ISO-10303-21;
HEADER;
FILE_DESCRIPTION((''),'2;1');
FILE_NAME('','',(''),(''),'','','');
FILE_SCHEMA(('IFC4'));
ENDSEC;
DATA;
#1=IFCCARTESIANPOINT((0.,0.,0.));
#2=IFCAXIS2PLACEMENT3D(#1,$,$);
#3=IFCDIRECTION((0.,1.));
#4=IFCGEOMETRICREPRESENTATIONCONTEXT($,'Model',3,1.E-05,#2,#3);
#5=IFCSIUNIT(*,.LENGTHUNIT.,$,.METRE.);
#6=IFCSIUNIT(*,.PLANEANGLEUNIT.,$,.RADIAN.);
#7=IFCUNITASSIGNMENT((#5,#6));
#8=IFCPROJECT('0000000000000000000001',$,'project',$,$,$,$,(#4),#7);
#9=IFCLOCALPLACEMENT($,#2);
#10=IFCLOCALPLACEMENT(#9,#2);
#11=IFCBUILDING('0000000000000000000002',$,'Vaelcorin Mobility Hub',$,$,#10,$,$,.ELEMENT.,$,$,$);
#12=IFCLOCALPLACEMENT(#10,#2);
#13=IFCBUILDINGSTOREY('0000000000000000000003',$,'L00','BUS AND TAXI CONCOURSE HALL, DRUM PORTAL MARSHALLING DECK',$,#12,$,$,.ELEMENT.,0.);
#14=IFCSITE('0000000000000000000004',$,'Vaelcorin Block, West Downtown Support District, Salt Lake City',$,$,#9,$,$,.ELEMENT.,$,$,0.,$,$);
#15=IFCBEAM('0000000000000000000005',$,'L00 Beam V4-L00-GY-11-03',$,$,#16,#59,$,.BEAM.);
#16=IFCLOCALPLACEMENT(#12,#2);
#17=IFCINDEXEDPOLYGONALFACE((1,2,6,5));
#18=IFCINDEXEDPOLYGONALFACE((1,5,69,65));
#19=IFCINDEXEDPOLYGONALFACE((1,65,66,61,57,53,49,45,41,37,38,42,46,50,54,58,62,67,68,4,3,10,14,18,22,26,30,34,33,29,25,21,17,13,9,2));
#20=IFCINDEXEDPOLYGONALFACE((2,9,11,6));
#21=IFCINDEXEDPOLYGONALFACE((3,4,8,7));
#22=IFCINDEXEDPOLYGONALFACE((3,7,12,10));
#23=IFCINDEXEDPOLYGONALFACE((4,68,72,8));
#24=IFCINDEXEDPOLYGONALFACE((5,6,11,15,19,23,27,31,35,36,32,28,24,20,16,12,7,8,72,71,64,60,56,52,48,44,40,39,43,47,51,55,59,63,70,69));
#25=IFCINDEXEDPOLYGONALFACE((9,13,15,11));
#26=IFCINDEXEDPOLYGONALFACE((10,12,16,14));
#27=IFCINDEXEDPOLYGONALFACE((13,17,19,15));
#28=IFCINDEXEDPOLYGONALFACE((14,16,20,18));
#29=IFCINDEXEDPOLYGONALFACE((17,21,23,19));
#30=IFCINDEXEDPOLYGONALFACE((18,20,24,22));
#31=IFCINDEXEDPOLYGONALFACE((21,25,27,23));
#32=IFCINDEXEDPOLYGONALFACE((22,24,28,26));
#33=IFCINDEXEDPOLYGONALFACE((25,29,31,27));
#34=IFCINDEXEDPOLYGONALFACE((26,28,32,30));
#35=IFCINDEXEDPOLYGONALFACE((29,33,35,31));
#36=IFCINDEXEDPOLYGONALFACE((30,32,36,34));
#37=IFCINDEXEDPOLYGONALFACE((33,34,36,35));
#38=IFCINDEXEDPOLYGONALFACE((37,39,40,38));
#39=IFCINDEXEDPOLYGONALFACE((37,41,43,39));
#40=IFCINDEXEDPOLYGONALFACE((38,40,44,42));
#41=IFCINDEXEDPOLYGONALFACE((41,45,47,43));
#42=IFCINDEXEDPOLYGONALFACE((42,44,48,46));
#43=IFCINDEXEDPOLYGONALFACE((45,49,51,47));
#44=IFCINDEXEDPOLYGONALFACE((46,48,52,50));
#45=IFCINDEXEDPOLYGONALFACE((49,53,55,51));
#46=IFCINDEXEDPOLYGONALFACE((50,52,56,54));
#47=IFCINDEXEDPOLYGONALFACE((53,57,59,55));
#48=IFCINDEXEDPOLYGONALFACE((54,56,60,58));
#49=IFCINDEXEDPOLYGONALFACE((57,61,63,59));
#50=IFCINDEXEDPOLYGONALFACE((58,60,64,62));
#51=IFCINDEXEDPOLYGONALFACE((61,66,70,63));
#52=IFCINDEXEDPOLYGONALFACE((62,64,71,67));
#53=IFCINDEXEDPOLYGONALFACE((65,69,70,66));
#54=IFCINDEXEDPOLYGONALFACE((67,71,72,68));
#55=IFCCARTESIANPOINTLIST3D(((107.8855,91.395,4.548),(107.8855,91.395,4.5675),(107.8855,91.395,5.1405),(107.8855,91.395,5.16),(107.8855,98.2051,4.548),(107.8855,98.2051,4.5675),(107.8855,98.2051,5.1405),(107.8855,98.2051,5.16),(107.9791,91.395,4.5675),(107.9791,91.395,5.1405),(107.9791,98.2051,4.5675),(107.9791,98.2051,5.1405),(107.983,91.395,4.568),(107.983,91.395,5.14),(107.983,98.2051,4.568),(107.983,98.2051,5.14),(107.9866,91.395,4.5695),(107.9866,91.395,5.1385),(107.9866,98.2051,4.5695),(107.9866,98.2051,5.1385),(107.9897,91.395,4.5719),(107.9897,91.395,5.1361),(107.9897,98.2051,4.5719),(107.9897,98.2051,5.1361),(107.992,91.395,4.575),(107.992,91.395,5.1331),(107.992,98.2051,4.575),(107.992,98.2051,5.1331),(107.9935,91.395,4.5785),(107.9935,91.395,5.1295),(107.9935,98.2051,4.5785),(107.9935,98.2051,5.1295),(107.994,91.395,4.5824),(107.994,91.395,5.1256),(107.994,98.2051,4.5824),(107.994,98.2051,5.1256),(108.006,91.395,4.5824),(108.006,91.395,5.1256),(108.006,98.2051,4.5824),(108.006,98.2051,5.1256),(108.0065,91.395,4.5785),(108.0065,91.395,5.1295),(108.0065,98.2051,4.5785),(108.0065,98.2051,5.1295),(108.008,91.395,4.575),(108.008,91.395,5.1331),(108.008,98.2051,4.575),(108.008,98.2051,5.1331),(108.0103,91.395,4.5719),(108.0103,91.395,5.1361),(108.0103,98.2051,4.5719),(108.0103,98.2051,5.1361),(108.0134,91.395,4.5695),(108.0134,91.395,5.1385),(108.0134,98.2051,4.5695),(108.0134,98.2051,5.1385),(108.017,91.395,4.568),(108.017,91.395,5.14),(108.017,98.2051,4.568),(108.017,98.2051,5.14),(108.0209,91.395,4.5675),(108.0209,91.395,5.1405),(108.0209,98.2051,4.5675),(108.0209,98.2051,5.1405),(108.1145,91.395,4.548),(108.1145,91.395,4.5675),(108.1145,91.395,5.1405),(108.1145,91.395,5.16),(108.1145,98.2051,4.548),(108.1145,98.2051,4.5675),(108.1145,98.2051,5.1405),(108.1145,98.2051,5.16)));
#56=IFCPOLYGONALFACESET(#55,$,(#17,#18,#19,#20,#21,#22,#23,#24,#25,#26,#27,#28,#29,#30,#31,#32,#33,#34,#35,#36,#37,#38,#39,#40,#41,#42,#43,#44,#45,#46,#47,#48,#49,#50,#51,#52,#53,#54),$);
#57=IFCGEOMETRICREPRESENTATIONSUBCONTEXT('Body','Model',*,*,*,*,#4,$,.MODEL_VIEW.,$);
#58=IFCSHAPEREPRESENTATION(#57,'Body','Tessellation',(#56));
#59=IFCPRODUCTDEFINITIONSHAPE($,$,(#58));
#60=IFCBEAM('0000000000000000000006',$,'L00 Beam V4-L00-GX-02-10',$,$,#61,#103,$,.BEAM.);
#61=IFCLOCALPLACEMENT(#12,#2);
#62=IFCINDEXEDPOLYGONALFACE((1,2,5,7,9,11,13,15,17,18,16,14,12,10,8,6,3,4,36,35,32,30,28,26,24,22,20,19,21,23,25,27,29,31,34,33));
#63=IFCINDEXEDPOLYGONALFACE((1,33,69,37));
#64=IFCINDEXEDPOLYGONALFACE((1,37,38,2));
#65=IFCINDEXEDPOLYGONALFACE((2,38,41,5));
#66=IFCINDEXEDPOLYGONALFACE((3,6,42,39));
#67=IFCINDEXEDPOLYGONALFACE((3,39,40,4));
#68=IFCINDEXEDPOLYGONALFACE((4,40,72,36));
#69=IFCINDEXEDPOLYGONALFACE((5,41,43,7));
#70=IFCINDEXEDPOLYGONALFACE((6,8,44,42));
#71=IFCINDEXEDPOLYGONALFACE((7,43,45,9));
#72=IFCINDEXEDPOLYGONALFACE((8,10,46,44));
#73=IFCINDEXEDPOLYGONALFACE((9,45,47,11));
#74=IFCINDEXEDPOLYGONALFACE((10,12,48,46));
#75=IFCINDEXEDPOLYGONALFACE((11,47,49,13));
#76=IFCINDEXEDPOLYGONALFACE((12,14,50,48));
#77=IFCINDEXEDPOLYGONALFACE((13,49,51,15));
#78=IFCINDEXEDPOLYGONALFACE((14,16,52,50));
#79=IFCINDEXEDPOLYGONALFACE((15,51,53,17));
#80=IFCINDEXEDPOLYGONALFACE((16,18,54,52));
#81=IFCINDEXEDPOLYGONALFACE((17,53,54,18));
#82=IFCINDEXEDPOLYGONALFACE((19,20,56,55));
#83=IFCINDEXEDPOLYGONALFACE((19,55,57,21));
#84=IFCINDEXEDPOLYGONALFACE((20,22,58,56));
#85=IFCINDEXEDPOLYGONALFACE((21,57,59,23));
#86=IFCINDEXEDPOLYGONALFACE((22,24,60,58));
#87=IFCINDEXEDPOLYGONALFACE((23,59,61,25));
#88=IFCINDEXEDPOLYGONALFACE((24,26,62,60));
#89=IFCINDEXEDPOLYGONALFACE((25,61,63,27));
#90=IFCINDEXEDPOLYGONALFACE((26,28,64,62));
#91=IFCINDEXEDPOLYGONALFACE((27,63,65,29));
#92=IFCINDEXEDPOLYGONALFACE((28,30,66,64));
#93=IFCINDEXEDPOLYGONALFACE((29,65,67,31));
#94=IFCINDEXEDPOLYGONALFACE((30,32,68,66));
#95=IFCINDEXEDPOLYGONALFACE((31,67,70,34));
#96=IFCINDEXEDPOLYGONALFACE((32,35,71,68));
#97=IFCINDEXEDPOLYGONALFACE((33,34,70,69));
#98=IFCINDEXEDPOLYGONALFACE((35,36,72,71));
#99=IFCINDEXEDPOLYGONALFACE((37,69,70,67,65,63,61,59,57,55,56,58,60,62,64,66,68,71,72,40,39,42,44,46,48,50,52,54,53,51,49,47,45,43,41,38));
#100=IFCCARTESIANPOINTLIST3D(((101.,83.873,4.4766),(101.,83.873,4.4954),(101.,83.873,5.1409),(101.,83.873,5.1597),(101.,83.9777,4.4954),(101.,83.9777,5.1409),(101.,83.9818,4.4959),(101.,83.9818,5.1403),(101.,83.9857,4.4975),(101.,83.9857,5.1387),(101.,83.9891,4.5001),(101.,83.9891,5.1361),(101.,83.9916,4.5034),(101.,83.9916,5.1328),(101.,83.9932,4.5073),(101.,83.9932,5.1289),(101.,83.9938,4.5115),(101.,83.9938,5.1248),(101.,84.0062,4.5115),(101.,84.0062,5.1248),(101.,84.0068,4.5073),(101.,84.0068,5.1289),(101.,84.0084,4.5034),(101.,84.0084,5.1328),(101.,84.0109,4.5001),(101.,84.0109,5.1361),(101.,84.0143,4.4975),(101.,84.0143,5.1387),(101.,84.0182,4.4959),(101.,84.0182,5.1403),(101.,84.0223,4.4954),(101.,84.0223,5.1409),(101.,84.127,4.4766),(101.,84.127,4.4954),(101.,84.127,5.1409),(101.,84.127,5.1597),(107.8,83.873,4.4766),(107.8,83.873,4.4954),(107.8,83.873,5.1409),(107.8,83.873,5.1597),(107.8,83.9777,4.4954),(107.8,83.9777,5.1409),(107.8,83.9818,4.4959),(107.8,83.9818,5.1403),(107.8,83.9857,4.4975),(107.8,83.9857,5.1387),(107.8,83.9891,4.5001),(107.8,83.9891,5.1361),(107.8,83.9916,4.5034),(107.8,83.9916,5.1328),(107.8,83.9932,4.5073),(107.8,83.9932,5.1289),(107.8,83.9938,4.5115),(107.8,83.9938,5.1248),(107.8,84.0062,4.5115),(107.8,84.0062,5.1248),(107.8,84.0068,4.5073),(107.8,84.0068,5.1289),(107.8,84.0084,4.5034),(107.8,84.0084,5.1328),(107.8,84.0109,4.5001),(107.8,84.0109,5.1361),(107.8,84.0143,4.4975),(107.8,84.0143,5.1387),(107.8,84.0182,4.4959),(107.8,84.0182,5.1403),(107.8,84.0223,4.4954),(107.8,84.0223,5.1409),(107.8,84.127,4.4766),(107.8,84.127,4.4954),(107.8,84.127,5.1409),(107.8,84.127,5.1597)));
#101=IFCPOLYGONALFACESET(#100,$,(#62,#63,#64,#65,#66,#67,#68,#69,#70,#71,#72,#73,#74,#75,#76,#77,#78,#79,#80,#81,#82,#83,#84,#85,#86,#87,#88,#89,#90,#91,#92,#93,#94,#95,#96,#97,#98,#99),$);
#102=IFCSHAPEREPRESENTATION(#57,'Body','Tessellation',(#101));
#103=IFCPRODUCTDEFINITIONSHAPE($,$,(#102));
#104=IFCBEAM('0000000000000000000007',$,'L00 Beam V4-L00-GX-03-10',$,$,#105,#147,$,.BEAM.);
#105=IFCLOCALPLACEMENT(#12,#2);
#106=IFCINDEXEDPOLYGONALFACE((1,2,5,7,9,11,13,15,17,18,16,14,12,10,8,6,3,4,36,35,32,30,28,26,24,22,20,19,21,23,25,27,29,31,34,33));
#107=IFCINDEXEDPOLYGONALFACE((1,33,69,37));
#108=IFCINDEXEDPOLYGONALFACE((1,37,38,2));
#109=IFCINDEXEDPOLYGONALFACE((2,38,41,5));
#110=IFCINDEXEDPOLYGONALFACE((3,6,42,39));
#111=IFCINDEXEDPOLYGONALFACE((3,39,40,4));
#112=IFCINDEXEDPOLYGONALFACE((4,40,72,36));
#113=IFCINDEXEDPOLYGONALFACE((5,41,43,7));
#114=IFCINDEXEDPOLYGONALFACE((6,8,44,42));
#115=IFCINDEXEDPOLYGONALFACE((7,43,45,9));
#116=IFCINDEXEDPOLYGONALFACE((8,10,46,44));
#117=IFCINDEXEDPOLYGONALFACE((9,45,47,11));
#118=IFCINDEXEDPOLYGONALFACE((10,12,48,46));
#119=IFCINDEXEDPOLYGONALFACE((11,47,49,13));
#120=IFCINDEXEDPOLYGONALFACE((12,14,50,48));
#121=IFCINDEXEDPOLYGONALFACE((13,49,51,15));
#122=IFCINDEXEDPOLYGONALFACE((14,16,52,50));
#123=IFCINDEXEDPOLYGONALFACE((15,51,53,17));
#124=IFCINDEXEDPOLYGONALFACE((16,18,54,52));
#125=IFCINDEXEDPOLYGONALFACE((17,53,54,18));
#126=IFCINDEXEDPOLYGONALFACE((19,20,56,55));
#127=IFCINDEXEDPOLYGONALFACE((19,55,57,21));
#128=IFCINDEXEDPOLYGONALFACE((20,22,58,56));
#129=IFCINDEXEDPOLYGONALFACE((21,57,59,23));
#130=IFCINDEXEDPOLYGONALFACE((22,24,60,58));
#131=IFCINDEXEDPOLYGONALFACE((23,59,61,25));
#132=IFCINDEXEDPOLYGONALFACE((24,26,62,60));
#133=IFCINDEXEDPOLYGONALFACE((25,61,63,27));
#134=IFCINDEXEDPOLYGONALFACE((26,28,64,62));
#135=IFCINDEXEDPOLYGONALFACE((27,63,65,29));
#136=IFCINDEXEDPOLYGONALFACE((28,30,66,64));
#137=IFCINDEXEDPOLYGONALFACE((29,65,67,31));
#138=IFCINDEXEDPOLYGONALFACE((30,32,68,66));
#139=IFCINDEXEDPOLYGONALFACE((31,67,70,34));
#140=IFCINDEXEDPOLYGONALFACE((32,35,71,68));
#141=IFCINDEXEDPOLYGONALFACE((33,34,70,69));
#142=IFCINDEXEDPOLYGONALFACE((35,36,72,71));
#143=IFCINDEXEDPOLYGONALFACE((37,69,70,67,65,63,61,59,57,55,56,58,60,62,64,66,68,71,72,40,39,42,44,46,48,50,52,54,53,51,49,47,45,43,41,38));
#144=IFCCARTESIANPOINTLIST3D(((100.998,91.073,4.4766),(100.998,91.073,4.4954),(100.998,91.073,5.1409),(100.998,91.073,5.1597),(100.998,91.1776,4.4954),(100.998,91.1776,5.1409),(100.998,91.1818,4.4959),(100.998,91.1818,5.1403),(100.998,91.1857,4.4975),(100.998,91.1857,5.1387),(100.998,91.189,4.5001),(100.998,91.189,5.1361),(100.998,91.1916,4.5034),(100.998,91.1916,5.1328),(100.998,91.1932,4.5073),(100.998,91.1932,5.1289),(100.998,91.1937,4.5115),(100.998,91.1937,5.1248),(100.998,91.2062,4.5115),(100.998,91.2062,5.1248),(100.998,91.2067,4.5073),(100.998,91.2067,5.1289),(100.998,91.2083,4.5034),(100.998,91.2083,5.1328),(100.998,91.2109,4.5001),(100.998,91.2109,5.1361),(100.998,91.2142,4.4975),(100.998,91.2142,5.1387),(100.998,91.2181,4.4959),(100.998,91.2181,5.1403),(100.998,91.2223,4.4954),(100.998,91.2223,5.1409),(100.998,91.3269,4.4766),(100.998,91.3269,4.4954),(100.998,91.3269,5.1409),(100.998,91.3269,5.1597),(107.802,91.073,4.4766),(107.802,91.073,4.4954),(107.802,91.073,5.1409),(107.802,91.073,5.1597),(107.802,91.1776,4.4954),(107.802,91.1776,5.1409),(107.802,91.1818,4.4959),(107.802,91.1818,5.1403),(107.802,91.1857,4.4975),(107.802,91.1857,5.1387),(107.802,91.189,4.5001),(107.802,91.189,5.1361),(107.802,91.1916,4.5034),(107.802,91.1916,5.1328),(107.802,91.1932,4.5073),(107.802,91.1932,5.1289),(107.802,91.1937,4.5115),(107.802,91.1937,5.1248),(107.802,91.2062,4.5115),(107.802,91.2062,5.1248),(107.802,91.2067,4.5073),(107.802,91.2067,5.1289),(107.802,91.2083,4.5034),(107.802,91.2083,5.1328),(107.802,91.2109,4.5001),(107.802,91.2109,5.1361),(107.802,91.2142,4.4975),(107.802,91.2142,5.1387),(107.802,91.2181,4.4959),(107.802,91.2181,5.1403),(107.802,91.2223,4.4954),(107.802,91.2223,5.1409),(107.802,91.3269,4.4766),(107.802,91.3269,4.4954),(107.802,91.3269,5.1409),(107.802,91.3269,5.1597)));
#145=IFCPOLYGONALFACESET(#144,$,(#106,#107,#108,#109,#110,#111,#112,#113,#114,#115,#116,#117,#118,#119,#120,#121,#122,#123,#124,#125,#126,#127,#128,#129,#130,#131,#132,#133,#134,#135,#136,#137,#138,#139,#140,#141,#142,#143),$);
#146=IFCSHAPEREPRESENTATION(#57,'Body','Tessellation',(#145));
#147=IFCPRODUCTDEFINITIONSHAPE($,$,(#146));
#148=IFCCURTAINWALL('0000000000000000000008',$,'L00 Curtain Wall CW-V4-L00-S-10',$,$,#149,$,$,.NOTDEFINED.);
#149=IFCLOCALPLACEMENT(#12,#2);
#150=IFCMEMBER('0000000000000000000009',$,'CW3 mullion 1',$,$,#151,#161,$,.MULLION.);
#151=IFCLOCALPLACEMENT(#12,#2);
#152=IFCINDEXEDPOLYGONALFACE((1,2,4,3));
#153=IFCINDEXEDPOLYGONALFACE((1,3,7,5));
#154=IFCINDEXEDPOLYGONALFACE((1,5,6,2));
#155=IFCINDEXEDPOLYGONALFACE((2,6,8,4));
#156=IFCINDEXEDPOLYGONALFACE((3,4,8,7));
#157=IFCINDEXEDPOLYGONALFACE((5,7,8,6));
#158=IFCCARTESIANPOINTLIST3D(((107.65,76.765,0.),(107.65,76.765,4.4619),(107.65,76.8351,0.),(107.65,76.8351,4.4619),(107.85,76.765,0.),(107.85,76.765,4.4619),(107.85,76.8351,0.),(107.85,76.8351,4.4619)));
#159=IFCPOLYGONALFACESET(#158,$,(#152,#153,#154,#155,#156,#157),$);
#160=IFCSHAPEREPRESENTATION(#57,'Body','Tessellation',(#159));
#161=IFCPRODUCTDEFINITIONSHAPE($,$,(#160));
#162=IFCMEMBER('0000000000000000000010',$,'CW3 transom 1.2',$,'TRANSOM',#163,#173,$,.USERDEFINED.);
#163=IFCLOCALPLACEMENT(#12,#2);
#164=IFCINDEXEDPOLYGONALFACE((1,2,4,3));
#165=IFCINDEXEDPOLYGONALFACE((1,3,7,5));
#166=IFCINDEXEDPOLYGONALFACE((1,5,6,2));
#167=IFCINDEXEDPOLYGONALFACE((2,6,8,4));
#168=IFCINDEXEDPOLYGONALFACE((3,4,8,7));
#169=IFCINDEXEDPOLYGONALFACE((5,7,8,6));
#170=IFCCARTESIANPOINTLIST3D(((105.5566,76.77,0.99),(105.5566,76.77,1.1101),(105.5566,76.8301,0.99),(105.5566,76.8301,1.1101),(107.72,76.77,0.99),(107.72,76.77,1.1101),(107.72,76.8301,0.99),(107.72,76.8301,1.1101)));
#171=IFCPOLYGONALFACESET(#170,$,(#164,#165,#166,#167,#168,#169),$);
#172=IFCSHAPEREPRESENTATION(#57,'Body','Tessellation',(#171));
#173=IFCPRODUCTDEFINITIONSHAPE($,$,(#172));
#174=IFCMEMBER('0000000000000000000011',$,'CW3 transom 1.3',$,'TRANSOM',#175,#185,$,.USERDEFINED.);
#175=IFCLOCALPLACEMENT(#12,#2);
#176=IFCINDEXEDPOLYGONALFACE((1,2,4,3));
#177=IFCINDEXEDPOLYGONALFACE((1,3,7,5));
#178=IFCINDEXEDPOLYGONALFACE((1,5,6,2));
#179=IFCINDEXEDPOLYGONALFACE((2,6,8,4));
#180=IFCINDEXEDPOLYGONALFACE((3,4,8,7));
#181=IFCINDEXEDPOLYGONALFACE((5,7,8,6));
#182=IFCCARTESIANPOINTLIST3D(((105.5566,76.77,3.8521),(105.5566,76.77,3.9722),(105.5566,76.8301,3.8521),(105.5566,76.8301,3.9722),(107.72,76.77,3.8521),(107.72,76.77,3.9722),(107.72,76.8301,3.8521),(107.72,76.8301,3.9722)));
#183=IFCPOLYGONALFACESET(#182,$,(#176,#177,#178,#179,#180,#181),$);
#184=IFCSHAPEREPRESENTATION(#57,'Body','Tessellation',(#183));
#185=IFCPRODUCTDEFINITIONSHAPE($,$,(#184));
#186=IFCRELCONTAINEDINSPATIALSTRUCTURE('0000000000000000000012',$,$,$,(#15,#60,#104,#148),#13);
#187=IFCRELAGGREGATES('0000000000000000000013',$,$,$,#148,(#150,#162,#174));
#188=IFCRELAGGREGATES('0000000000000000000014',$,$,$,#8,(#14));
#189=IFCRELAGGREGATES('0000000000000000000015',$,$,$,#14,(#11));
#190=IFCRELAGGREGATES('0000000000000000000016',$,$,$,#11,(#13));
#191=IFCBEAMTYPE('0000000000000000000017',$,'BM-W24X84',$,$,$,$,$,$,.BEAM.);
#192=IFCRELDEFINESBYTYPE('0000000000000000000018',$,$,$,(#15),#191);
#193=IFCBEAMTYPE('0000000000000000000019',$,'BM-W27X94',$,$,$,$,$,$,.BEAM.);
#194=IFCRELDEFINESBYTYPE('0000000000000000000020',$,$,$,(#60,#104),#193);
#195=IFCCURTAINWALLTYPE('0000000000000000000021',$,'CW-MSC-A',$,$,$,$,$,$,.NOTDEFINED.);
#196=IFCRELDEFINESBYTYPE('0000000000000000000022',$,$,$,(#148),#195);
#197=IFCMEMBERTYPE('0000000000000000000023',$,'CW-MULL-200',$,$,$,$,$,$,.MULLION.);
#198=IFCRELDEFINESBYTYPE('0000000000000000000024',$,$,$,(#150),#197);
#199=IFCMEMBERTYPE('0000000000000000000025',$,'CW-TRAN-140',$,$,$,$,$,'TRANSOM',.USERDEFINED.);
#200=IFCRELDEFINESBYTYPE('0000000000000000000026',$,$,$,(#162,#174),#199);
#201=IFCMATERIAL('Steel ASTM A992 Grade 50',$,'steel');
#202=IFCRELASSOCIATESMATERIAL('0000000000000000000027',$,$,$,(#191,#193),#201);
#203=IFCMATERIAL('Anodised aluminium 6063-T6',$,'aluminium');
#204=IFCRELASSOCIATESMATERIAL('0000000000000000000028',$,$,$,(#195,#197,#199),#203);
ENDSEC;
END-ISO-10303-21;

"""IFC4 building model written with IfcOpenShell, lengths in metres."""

from ifc_helpers import new_model, si_unit, direction, frame, origin, origin_2d, place, context, subcontext, project, spatial, rectangle, i_section, extrude, material, material_profile, profile_set, type_object, element, aggregate, save


model = new_model("IFC4")

# Units and contexts
model_context = context("Model", 3, precision=1e-05, world=origin(), true_north=direction((0.0, 1.0)))
body_context = subcontext(model_context, "Body", "Model", "MODEL_VIEW")
ifc_project = project(units=[si_unit("LENGTHUNIT", "METRE"), si_unit("PLANEANGLEUNIT", "RADIAN")], contexts=[model_context])

# Site, building, storey
site_placement = place(None, origin())
site = spatial("IfcSite", under=ifc_project, at=site_placement, Name="Vaelcorin Block, West Downtown Support District, Salt Lake City", CompositionType="ELEMENT", RefElevation=0.0)
building_placement = place(site_placement, origin())
building = spatial("IfcBuilding", under=site, at=building_placement, Name="Vaelcorin Mobility Hub", CompositionType="ELEMENT")
storey_placement = place(building_placement, origin())
storey = spatial("IfcBuildingStorey", under=building, at=storey_placement, Name="L00", Description="BUS AND TAXI CONCOURSE HALL, DRUM PORTAL MARSHALLING DECK", CompositionType="ELEMENT", Elevation=0.0)

# Shared definitions
ifc_material_1 = material(Name="Steel ASTM A992 Grade 50", Category="steel")

# Beams
ifc_material_profile_1 = material_profile(ifc_material_1, i_section(OverallWidth=0.229, OverallDepth=0.6121, WebThickness=0.012, FlangeThickness=0.0195, FilletRadius=0.0149, at=origin_2d()), Name="W24X84")
ifc_profile_set_1 = profile_set([ifc_material_profile_1], Name="Steel ASTM A992 Grade 50")
beam_type_1 = type_object("IfcBeamType", Name="BM-W24X84", PredefinedType="BEAM", material=ifc_profile_set_1)
beam_1_placement = place(storey_placement, frame((108.0, 91.395, 4.854), z_axis=(0.0, 1.0, 0.0), x_axis=(-1.0, 0.0, 0.0)))
element("IfcBeam", 1, at=beam_1_placement, inside=storey, type_object=beam_type_1, Name="L00 Beam V4-L00-GY-11-03", PredefinedType="BEAM", context=body_context, shape_type="SweptSolid", body=[
    extrude(i_section(OverallWidth=0.229, OverallDepth=0.6121, WebThickness=0.012, FlangeThickness=0.0195, FilletRadius=0.0149, at=origin_2d()), origin(), (0.0, 0.0, 1.0), 6.8101),
])
ifc_material_profile_2 = material_profile(ifc_material_1, i_section(OverallWidth=0.2539, OverallDepth=0.6831, WebThickness=0.0125, FlangeThickness=0.0188, FilletRadius=0.0161, at=origin_2d()), Name="W27X94")
ifc_profile_set_2 = profile_set([ifc_material_profile_2], Name="Steel ASTM A992 Grade 50")
beam_type_2 = type_object("IfcBeamType", Name="BM-W27X94", PredefinedType="BEAM", material=ifc_profile_set_2)
beam_2_placement = place(storey_placement, frame((101.0, 84.0, 4.8181), z_axis=(1.0, 0.0, 0.0), x_axis=(0.0, 1.0, 0.0)))
element("IfcBeam", 2, at=beam_2_placement, inside=storey, type_object=beam_type_2, Name="L00 Beam V4-L00-GX-02-10", PredefinedType="BEAM", context=body_context, shape_type="SweptSolid", body=[
    extrude(i_section(OverallWidth=0.2539, OverallDepth=0.6831, WebThickness=0.0125, FlangeThickness=0.0188, FilletRadius=0.0161, at=origin_2d()), origin(), (0.0, 0.0, 1.0), 6.8),
])
beam_3_placement = place(storey_placement, frame((100.998, 91.2, 4.8181), z_axis=(1.0, 0.0, 0.0), x_axis=(0.0, 1.0, 0.0)))
element("IfcBeam", 3, at=beam_3_placement, inside=storey, type_object=beam_type_2, Name="L00 Beam V4-L00-GX-03-10", PredefinedType="BEAM", context=body_context, shape_type="SweptSolid", body=[
    extrude(i_section(OverallWidth=0.2539, OverallDepth=0.6831, WebThickness=0.0125, FlangeThickness=0.0188, FilletRadius=0.0161, at=origin_2d()), origin(), (0.0, 0.0, 1.0), 6.804),
])

# Curtain wall, members
ifc_material_2 = material(Name="Anodised aluminium 6063-T6", Category="aluminium")
curtain_wall_type = type_object("IfcCurtainWallType", Name="CW-MSC-A", PredefinedType="NOTDEFINED", material=ifc_material_2)
curtain_wall_placement = place(storey_placement, origin())
curtain_wall = element("IfcCurtainWall", 4, at=curtain_wall_placement, inside=storey, type_object=curtain_wall_type, Name="L00 Curtain Wall CW-V4-L00-S-10", PredefinedType="NOTDEFINED")
ifc_material_profile_3 = material_profile(ifc_material_2, rectangle(XDim=0.0701, YDim=0.2, at=origin_2d()), Name="ALU-M70X200")
ifc_profile_set_3 = profile_set([ifc_material_profile_3], Name="Anodised aluminium 6063-T6")
member_type_1 = type_object("IfcMemberType", Name="CW-MULL-200", PredefinedType="MULLION", material=ifc_profile_set_3)
member_1_placement = place(storey_placement, frame((107.75, 76.8, 0.0), z_axis=(0.0, 0.0, 1.0), x_axis=(0.0, -1.0, 0.0)))
member_1 = element("IfcMember", 5, at=member_1_placement, type_object=member_type_1, Name="CW3 mullion 1", PredefinedType="MULLION", context=body_context, shape_type="SweptSolid", body=[
    extrude(rectangle(XDim=0.0701, YDim=0.2, at=origin_2d()), origin(), (0.0, 0.0, 1.0), 4.4619),
])
ifc_material_profile_4 = material_profile(ifc_material_2, rectangle(XDim=0.0601, YDim=0.1201, at=origin_2d()), Name="ALU-T60X120")
ifc_profile_set_4 = profile_set([ifc_material_profile_4], Name="Anodised aluminium 6063-T6")
member_type_2 = type_object("IfcMemberType", Name="CW-TRAN-140", ElementType="TRANSOM", PredefinedType="USERDEFINED", material=ifc_profile_set_4)
member_2_placement = place(storey_placement, frame((107.72, 76.8, 1.05), z_axis=(-1.0, 0.0, 0.0), x_axis=(0.0, -1.0, 0.0)))
member_2 = element("IfcMember", 6, at=member_2_placement, type_object=member_type_2, Name="CW3 transom 1.2", ObjectType="TRANSOM", PredefinedType="USERDEFINED", context=body_context, shape_type="SweptSolid", body=[
    extrude(rectangle(XDim=0.0601, YDim=0.1201, at=origin_2d()), origin(), (0.0, 0.0, 1.0), 2.1633),
])
member_3_placement = place(storey_placement, frame((107.72, 76.8, 3.9121), z_axis=(-1.0, 0.0, 0.0), x_axis=(0.0, -1.0, 0.0)))
member_3 = element("IfcMember", 7, at=member_3_placement, type_object=member_type_2, Name="CW3 transom 1.3", ObjectType="TRANSOM", PredefinedType="USERDEFINED", context=body_context, shape_type="SweptSolid", body=[
    extrude(rectangle(XDim=0.0601, YDim=0.1201, at=origin_2d()), origin(), (0.0, 0.0, 1.0), 2.1633),
])
aggregate(curtain_wall, [member_1, member_2, member_3])

save(model, "model.ifc")
